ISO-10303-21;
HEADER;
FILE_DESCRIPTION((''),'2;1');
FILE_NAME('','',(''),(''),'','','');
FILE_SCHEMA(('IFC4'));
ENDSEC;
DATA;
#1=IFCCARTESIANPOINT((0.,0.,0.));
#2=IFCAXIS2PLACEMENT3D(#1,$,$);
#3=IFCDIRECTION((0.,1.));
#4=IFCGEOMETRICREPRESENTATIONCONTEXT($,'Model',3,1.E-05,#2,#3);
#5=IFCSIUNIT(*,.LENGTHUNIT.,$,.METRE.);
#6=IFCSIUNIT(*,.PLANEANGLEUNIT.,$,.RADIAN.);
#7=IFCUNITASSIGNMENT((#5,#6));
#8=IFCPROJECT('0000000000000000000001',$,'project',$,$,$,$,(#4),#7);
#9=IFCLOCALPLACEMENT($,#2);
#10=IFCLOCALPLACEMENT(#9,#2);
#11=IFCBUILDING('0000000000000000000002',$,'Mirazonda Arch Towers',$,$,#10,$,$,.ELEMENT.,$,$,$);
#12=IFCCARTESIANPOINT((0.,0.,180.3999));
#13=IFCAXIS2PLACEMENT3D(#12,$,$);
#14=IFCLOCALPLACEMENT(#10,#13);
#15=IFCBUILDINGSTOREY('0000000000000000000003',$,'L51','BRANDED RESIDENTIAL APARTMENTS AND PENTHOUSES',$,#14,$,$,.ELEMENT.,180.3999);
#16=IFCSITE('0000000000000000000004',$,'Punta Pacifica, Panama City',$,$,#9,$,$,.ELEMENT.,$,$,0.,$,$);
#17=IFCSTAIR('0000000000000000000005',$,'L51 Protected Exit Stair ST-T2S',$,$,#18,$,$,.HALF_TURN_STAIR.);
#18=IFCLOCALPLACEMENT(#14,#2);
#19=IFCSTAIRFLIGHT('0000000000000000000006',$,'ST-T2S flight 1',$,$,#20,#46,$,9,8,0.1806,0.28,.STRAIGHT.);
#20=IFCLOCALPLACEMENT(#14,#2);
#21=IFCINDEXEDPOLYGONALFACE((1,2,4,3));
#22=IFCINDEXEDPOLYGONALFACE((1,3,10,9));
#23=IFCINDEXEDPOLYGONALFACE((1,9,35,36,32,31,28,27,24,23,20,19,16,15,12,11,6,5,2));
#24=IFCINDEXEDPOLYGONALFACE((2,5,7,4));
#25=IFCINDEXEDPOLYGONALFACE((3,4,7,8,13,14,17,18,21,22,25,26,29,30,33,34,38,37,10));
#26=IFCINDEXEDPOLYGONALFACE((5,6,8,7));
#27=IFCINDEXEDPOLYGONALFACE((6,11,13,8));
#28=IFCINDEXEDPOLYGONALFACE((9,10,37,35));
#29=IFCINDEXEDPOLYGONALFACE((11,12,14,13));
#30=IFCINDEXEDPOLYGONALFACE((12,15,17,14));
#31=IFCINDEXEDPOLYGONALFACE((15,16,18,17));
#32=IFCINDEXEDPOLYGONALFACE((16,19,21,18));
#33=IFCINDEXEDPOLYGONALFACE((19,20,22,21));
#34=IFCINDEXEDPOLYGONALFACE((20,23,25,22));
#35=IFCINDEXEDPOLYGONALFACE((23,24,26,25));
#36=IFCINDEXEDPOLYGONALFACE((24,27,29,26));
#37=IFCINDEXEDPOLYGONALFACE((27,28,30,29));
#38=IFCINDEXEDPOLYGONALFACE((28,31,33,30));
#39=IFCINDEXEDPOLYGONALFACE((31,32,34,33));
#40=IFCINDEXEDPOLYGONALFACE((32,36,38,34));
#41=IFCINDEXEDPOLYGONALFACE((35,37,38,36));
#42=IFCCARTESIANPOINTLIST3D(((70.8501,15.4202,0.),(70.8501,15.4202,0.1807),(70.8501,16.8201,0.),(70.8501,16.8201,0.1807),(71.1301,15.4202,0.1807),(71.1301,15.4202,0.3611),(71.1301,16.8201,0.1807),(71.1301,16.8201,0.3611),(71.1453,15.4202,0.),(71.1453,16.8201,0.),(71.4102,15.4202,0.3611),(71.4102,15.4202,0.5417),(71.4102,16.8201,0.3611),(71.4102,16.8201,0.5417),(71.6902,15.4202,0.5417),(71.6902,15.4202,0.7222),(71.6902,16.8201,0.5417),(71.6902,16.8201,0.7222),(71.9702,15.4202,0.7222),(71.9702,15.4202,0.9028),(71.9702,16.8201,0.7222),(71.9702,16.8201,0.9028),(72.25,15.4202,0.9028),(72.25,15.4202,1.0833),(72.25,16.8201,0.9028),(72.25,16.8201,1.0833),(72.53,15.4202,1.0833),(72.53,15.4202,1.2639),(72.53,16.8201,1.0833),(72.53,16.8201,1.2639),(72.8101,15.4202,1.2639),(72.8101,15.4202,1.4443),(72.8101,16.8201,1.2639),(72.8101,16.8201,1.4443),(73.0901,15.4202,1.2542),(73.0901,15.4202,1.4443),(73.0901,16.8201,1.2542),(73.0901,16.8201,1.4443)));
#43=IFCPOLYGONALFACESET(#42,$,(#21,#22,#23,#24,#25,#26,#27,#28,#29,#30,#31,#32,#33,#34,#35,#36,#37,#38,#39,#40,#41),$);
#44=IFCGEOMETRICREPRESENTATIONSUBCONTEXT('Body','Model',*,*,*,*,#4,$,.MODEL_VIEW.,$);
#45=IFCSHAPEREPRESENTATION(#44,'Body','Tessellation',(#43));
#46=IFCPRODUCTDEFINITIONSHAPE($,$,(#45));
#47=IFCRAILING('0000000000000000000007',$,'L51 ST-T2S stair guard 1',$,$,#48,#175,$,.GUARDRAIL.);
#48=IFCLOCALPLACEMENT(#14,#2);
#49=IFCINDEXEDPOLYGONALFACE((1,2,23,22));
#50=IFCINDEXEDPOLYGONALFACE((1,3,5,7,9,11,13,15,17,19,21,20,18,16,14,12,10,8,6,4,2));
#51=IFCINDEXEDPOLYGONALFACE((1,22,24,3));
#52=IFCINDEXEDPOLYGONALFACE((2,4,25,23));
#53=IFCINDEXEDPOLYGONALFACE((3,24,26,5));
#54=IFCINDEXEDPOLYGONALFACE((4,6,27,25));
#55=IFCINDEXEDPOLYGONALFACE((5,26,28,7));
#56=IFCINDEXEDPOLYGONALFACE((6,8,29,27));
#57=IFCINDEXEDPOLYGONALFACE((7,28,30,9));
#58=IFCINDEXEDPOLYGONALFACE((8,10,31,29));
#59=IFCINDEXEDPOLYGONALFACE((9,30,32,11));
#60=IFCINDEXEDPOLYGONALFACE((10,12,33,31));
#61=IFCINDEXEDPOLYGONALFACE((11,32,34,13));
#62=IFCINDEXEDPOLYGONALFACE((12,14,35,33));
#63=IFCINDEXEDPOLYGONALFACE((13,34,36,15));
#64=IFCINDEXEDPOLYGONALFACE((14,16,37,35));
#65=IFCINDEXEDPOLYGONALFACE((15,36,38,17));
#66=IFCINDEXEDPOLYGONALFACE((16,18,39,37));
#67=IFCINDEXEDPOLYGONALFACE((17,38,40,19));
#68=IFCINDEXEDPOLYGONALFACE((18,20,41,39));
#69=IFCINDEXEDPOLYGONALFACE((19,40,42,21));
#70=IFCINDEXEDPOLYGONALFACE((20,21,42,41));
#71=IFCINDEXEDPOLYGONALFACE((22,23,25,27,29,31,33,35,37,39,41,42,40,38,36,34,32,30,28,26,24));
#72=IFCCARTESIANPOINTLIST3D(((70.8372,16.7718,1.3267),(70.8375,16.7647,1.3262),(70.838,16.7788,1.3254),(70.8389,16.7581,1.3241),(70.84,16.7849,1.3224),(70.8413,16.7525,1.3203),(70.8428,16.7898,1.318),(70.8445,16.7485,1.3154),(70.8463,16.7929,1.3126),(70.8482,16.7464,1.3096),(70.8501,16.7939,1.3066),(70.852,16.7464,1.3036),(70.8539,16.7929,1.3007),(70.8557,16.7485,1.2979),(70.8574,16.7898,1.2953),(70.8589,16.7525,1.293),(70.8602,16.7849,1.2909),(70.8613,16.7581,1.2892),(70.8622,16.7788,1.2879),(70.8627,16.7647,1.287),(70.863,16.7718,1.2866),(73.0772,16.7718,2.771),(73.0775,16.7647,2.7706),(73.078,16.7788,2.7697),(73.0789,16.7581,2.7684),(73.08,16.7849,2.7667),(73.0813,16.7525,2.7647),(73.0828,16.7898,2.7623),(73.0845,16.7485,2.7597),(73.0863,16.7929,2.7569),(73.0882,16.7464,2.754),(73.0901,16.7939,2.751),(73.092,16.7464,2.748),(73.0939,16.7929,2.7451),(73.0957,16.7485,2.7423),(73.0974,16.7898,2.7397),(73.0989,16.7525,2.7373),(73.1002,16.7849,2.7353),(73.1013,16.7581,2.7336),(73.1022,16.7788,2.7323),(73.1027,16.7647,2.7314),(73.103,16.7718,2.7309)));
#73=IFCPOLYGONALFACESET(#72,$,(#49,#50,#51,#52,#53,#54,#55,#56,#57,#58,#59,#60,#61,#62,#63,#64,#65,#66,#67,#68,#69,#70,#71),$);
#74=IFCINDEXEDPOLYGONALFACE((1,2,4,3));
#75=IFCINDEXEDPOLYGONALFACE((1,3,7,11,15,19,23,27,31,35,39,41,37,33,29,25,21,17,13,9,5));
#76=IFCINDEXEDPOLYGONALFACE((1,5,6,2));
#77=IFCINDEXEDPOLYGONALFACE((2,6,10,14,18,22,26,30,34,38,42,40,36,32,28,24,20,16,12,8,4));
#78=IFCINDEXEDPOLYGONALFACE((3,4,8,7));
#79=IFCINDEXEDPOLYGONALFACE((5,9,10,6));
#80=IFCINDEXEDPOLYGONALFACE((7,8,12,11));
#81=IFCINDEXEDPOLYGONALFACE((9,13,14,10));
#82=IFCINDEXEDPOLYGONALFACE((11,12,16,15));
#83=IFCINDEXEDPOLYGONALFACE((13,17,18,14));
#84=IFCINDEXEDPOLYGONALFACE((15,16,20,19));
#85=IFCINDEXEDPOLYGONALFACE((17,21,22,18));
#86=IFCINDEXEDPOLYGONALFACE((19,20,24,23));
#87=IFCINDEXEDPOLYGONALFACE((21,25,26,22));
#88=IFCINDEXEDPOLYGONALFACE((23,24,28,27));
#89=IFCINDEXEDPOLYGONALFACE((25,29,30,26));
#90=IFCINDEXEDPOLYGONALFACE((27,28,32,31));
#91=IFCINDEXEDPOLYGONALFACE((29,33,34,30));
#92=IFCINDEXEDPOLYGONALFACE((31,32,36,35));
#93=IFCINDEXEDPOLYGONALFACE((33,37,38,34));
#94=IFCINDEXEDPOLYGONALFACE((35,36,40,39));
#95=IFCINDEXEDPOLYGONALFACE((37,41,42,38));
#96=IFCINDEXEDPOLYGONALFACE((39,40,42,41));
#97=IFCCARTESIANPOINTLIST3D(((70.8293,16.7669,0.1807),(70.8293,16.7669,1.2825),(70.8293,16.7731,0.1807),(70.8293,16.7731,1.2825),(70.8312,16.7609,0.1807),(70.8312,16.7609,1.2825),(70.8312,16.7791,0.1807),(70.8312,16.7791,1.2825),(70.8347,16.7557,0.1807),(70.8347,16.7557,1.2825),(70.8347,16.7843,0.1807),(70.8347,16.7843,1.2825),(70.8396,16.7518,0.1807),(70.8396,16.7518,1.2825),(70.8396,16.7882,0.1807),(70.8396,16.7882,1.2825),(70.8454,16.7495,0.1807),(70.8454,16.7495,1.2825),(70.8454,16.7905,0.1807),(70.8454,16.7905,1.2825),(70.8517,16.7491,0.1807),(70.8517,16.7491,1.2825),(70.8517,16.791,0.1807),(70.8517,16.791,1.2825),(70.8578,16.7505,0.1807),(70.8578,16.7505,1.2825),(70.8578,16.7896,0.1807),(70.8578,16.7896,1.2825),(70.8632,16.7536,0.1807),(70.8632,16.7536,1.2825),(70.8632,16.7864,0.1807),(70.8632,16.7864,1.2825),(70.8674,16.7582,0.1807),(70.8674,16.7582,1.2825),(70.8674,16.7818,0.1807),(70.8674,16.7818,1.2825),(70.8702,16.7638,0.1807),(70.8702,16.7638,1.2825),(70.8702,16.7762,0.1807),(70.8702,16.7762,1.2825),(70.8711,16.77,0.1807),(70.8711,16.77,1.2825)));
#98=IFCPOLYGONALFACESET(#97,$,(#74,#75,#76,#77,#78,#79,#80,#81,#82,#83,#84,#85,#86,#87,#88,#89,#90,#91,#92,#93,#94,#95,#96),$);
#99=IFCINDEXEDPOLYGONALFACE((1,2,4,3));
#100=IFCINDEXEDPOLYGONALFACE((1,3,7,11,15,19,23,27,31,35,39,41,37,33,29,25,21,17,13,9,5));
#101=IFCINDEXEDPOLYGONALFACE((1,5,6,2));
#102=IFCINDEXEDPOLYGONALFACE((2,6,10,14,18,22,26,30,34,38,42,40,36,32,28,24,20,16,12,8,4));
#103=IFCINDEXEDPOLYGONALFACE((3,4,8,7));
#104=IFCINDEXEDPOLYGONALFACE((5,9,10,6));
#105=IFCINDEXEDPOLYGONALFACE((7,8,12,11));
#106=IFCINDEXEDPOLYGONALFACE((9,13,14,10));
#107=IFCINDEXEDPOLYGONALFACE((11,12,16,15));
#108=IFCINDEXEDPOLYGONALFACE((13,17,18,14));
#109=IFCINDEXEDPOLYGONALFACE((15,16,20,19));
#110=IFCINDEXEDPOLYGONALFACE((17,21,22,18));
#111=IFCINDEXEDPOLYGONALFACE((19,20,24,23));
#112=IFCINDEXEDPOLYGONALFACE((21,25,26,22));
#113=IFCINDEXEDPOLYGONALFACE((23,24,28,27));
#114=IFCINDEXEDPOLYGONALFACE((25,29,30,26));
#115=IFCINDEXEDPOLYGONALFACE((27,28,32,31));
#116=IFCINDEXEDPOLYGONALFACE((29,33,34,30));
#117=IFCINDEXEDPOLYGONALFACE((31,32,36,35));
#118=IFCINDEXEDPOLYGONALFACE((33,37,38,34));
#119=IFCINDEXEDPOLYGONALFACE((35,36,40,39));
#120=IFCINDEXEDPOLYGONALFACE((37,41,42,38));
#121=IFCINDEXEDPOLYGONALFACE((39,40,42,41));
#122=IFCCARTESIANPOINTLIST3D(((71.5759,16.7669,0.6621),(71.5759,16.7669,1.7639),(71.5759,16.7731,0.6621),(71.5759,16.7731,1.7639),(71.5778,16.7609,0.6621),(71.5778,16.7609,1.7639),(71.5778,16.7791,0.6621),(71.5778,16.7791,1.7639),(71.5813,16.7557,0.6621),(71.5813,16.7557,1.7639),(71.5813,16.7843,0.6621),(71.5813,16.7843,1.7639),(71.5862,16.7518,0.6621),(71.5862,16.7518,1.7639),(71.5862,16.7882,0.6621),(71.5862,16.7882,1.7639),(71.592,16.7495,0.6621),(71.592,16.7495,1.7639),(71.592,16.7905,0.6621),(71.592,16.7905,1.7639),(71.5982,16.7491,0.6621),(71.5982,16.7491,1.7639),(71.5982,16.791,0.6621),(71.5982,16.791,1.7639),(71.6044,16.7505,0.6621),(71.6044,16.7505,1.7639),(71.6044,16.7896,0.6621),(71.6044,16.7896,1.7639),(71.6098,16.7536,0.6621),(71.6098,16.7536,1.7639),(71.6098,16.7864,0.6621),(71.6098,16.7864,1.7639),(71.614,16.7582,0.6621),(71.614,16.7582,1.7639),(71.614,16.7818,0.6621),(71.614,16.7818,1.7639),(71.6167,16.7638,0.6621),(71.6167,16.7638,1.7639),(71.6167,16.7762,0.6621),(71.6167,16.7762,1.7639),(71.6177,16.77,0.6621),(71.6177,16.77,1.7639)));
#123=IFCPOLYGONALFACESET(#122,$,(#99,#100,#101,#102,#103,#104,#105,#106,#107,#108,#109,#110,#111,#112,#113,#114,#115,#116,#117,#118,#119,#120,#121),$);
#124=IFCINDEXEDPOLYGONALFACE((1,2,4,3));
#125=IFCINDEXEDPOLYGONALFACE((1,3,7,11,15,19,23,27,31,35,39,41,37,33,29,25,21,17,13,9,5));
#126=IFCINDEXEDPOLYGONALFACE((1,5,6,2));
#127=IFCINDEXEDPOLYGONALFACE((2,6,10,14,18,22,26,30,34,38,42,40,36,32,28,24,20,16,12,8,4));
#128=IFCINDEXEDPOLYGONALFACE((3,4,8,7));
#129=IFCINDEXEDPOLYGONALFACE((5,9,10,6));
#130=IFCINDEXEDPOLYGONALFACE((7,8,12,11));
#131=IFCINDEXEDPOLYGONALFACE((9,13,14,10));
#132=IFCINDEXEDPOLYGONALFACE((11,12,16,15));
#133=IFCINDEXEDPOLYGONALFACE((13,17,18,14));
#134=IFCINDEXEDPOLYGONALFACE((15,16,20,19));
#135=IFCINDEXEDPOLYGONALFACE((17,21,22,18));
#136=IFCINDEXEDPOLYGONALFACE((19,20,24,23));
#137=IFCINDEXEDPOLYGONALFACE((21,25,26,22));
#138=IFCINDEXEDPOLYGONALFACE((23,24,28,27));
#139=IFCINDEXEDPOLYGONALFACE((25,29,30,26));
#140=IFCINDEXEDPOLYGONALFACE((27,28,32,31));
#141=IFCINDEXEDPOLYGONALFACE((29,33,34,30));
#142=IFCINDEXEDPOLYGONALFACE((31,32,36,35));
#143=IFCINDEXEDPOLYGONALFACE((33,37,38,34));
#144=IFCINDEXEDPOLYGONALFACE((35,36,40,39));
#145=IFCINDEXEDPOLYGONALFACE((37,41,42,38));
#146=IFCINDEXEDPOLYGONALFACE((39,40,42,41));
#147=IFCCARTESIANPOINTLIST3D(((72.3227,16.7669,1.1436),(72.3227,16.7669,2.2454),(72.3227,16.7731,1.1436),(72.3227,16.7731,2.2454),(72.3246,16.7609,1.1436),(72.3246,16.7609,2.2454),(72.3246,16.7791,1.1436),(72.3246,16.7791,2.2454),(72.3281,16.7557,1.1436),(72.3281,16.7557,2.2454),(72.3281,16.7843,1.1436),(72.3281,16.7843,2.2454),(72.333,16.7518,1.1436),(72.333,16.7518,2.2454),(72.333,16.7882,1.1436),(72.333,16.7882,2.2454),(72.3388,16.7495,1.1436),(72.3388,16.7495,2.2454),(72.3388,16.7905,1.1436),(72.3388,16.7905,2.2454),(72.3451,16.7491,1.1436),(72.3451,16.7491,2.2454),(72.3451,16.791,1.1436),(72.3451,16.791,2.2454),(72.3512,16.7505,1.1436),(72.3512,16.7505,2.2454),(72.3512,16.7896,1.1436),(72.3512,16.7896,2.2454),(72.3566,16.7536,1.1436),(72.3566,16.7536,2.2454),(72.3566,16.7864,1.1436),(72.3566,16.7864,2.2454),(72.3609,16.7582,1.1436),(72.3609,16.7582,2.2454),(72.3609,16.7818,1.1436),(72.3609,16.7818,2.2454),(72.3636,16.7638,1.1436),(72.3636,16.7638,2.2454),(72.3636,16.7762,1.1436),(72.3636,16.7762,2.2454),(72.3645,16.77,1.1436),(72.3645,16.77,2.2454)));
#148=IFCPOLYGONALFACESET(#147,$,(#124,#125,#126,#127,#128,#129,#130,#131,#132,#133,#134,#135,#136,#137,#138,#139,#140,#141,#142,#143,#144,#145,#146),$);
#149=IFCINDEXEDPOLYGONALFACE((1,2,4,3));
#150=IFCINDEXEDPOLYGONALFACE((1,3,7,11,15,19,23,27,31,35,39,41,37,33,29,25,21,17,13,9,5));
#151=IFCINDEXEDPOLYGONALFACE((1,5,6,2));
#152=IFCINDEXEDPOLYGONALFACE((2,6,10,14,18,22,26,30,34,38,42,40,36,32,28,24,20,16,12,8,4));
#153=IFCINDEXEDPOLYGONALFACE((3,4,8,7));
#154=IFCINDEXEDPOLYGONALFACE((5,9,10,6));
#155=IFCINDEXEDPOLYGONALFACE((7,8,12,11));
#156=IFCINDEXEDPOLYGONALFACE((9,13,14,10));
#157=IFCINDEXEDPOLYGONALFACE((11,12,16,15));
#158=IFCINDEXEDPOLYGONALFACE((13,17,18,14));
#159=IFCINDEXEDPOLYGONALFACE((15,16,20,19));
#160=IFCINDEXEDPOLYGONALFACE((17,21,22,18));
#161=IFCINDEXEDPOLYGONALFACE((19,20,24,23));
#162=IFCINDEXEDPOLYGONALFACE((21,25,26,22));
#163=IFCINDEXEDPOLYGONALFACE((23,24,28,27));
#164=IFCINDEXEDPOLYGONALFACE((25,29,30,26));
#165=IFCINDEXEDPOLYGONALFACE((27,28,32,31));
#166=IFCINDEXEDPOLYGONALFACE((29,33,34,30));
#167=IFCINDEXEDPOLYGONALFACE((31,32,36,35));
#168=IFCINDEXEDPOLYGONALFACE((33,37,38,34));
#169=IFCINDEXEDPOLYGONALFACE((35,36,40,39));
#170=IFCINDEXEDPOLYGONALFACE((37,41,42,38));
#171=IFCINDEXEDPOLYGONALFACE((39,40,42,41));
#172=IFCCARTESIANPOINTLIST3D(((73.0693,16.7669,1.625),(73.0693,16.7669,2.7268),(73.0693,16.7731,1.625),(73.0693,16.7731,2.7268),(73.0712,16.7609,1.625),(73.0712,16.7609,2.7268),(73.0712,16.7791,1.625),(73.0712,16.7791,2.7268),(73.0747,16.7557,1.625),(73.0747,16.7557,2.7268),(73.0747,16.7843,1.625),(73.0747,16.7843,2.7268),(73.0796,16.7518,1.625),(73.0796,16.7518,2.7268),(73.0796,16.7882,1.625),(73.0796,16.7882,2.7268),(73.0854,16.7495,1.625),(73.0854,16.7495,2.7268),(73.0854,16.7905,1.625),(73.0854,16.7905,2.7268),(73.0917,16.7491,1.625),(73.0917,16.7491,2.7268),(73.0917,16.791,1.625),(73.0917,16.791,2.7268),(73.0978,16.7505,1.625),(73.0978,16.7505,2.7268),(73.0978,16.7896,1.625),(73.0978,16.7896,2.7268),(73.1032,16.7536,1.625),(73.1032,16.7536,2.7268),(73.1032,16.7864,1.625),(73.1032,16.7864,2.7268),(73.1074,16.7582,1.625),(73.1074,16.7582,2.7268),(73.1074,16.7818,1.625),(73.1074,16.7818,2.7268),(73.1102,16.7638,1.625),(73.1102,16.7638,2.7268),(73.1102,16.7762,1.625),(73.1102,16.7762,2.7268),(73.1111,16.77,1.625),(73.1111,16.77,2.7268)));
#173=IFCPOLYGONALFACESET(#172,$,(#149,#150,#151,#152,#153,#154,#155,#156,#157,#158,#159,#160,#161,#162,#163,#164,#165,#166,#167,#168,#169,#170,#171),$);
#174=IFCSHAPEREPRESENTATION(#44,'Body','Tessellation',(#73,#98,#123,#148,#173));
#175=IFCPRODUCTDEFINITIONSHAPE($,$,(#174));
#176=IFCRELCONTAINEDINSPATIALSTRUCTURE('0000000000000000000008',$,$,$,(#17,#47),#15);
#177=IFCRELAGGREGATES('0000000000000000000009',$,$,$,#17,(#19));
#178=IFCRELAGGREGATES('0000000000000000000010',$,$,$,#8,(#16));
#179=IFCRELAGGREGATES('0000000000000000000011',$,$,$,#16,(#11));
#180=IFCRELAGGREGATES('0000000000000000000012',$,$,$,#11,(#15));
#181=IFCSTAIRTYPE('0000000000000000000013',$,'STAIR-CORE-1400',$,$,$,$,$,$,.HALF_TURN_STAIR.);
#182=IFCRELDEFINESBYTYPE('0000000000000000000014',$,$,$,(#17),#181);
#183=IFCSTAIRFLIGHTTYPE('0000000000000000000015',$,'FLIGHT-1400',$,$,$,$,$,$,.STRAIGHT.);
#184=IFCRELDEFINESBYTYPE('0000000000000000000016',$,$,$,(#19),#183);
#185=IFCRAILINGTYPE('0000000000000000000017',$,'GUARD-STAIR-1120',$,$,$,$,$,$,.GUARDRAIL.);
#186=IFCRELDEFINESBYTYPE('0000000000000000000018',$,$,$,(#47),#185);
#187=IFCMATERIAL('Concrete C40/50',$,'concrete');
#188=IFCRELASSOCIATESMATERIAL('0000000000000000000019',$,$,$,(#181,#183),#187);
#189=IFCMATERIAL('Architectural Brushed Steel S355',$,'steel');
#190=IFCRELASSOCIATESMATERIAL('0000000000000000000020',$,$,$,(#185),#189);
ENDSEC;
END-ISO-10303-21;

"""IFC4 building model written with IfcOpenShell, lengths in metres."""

from ifc_helpers import new_model, si_unit, direction, frame, origin, origin_2d, place, context, subcontext, project, spatial, polyline, circle, outline, extrude, material, type_object, element, aggregate, save


model = new_model("IFC4")

# Units and contexts
model_context = context("Model", 3, precision=1e-05, world=origin(), true_north=direction((0.0, 1.0)))
body_context = subcontext(model_context, "Body", "Model", "MODEL_VIEW")
ifc_project = project(units=[si_unit("LENGTHUNIT", "METRE"), si_unit("PLANEANGLEUNIT", "RADIAN")], contexts=[model_context])

# Site, building, storey
site_placement = place(None, origin())
site = spatial("IfcSite", under=ifc_project, at=site_placement, Name="Punta Pacifica, Panama City", CompositionType="ELEMENT", RefElevation=0.0)
building_placement = place(site_placement, origin())
building = spatial("IfcBuilding", under=site, at=building_placement, Name="Mirazonda Arch Towers", CompositionType="ELEMENT")
storey_placement = place(building_placement, frame((0.0, 0.0, 180.3999)))
storey = spatial("IfcBuildingStorey", under=building, at=storey_placement, Name="L51", Description="BRANDED RESIDENTIAL APARTMENTS AND PENTHOUSES", CompositionType="ELEMENT", Elevation=180.3999)

# Stair, stair flight
ifc_material_1 = material(Name="Concrete C40/50", Category="concrete")
stair_type = type_object("IfcStairType", Name="STAIR-CORE-1400", PredefinedType="HALF_TURN_STAIR", material=ifc_material_1)
stair_placement = place(storey_placement, origin())
stair = element("IfcStair", 1, at=stair_placement, inside=storey, type_object=stair_type, Name="L51 Protected Exit Stair ST-T2S", PredefinedType="HALF_TURN_STAIR")
stair_flight_type = type_object("IfcStairFlightType", Name="FLIGHT-1400", PredefinedType="STRAIGHT", material=ifc_material_1)
stair_flight_placement = place(storey_placement, frame((70.8501, 16.1201, 0.0), z_axis=(0.0, 0.0, 1.0), x_axis=(1.0, 0.0, 0.0)))
stair_flight = element("IfcStairFlight", 2, at=stair_flight_placement, type_object=stair_flight_type, Name="ST-T2S flight 1", NumberOfRisers=9, NumberOfTreads=8, PredefinedType="STRAIGHT", RiserHeight=0.1806, TreadLength=0.28, context=body_context, shape_type="SweptSolid", body=[
    extrude(outline(polyline([(0.0, 0.0), (0.0, 0.1807), (0.28, 0.1807), (0.28, 0.3611), (0.5601, 0.3611), (0.5601, 0.5417), (0.8401, 0.5417), (0.8401, 0.7222), (1.1201, 0.7222), (1.1201, 0.9028), (1.3999, 0.9028), (1.3999, 1.0833), (1.6799, 1.0833), (1.6799, 1.2639), (1.96, 1.2639), (1.96, 1.4443), (2.24, 1.4443), (2.24, 1.625), (2.24, 1.2542), (0.2952, 0.0), (0.0, 0.0)])), frame((0.0, 0.7, 0.0), z_axis=(0.0, -1.0, 0.0), x_axis=(1.0, 0.0, 0.0)), (0.0, 0.0, 1.0), 1.3999),
])
aggregate(stair, [stair_flight])

# Railing
ifc_material_2 = material(Name="Architectural Brushed Steel S355", Category="steel")
railing_type_1 = type_object("IfcRailingType", Name="GUARD-STAIR-1120", PredefinedType="GUARDRAIL", material=ifc_material_2)
railing_1_placement = place(storey_placement, frame((70.8501, 16.77, 0.1807)))
element("IfcRailing", 3, at=railing_1_placement, inside=storey, type_object=railing_type_1, Name="L51 ST-T2S stair guard 1", PredefinedType="GUARDRAIL", context=body_context, shape_type="SweptSolid", body=[
    extrude(circle(Radius=0.0239, at=origin_2d()), frame((0.0, 0.0, 1.126), z_axis=(0.840437, 0.0, 0.54191), x_axis=(0.0, 1.0, 0.0)), (0.0, 0.0, 1.0), 2.6653),
    extrude(circle(Radius=0.021, at=origin_2d()), origin(), (0.0, 0.0, 1.0), 1.1018),
    extrude(circle(Radius=0.021, at=origin_2d()), frame((0.7466, 0.0, 0.4814)), (0.0, 0.0, 1.0), 1.1018),
    extrude(circle(Radius=0.021, at=origin_2d()), frame((1.4934, 0.0, 0.9629)), (0.0, 0.0, 1.0), 1.1018),
    extrude(circle(Radius=0.021, at=origin_2d()), frame((2.24, 0.0, 1.4443)), (0.0, 0.0, 1.0), 1.1018),
])

save(model, "model.ifc")
